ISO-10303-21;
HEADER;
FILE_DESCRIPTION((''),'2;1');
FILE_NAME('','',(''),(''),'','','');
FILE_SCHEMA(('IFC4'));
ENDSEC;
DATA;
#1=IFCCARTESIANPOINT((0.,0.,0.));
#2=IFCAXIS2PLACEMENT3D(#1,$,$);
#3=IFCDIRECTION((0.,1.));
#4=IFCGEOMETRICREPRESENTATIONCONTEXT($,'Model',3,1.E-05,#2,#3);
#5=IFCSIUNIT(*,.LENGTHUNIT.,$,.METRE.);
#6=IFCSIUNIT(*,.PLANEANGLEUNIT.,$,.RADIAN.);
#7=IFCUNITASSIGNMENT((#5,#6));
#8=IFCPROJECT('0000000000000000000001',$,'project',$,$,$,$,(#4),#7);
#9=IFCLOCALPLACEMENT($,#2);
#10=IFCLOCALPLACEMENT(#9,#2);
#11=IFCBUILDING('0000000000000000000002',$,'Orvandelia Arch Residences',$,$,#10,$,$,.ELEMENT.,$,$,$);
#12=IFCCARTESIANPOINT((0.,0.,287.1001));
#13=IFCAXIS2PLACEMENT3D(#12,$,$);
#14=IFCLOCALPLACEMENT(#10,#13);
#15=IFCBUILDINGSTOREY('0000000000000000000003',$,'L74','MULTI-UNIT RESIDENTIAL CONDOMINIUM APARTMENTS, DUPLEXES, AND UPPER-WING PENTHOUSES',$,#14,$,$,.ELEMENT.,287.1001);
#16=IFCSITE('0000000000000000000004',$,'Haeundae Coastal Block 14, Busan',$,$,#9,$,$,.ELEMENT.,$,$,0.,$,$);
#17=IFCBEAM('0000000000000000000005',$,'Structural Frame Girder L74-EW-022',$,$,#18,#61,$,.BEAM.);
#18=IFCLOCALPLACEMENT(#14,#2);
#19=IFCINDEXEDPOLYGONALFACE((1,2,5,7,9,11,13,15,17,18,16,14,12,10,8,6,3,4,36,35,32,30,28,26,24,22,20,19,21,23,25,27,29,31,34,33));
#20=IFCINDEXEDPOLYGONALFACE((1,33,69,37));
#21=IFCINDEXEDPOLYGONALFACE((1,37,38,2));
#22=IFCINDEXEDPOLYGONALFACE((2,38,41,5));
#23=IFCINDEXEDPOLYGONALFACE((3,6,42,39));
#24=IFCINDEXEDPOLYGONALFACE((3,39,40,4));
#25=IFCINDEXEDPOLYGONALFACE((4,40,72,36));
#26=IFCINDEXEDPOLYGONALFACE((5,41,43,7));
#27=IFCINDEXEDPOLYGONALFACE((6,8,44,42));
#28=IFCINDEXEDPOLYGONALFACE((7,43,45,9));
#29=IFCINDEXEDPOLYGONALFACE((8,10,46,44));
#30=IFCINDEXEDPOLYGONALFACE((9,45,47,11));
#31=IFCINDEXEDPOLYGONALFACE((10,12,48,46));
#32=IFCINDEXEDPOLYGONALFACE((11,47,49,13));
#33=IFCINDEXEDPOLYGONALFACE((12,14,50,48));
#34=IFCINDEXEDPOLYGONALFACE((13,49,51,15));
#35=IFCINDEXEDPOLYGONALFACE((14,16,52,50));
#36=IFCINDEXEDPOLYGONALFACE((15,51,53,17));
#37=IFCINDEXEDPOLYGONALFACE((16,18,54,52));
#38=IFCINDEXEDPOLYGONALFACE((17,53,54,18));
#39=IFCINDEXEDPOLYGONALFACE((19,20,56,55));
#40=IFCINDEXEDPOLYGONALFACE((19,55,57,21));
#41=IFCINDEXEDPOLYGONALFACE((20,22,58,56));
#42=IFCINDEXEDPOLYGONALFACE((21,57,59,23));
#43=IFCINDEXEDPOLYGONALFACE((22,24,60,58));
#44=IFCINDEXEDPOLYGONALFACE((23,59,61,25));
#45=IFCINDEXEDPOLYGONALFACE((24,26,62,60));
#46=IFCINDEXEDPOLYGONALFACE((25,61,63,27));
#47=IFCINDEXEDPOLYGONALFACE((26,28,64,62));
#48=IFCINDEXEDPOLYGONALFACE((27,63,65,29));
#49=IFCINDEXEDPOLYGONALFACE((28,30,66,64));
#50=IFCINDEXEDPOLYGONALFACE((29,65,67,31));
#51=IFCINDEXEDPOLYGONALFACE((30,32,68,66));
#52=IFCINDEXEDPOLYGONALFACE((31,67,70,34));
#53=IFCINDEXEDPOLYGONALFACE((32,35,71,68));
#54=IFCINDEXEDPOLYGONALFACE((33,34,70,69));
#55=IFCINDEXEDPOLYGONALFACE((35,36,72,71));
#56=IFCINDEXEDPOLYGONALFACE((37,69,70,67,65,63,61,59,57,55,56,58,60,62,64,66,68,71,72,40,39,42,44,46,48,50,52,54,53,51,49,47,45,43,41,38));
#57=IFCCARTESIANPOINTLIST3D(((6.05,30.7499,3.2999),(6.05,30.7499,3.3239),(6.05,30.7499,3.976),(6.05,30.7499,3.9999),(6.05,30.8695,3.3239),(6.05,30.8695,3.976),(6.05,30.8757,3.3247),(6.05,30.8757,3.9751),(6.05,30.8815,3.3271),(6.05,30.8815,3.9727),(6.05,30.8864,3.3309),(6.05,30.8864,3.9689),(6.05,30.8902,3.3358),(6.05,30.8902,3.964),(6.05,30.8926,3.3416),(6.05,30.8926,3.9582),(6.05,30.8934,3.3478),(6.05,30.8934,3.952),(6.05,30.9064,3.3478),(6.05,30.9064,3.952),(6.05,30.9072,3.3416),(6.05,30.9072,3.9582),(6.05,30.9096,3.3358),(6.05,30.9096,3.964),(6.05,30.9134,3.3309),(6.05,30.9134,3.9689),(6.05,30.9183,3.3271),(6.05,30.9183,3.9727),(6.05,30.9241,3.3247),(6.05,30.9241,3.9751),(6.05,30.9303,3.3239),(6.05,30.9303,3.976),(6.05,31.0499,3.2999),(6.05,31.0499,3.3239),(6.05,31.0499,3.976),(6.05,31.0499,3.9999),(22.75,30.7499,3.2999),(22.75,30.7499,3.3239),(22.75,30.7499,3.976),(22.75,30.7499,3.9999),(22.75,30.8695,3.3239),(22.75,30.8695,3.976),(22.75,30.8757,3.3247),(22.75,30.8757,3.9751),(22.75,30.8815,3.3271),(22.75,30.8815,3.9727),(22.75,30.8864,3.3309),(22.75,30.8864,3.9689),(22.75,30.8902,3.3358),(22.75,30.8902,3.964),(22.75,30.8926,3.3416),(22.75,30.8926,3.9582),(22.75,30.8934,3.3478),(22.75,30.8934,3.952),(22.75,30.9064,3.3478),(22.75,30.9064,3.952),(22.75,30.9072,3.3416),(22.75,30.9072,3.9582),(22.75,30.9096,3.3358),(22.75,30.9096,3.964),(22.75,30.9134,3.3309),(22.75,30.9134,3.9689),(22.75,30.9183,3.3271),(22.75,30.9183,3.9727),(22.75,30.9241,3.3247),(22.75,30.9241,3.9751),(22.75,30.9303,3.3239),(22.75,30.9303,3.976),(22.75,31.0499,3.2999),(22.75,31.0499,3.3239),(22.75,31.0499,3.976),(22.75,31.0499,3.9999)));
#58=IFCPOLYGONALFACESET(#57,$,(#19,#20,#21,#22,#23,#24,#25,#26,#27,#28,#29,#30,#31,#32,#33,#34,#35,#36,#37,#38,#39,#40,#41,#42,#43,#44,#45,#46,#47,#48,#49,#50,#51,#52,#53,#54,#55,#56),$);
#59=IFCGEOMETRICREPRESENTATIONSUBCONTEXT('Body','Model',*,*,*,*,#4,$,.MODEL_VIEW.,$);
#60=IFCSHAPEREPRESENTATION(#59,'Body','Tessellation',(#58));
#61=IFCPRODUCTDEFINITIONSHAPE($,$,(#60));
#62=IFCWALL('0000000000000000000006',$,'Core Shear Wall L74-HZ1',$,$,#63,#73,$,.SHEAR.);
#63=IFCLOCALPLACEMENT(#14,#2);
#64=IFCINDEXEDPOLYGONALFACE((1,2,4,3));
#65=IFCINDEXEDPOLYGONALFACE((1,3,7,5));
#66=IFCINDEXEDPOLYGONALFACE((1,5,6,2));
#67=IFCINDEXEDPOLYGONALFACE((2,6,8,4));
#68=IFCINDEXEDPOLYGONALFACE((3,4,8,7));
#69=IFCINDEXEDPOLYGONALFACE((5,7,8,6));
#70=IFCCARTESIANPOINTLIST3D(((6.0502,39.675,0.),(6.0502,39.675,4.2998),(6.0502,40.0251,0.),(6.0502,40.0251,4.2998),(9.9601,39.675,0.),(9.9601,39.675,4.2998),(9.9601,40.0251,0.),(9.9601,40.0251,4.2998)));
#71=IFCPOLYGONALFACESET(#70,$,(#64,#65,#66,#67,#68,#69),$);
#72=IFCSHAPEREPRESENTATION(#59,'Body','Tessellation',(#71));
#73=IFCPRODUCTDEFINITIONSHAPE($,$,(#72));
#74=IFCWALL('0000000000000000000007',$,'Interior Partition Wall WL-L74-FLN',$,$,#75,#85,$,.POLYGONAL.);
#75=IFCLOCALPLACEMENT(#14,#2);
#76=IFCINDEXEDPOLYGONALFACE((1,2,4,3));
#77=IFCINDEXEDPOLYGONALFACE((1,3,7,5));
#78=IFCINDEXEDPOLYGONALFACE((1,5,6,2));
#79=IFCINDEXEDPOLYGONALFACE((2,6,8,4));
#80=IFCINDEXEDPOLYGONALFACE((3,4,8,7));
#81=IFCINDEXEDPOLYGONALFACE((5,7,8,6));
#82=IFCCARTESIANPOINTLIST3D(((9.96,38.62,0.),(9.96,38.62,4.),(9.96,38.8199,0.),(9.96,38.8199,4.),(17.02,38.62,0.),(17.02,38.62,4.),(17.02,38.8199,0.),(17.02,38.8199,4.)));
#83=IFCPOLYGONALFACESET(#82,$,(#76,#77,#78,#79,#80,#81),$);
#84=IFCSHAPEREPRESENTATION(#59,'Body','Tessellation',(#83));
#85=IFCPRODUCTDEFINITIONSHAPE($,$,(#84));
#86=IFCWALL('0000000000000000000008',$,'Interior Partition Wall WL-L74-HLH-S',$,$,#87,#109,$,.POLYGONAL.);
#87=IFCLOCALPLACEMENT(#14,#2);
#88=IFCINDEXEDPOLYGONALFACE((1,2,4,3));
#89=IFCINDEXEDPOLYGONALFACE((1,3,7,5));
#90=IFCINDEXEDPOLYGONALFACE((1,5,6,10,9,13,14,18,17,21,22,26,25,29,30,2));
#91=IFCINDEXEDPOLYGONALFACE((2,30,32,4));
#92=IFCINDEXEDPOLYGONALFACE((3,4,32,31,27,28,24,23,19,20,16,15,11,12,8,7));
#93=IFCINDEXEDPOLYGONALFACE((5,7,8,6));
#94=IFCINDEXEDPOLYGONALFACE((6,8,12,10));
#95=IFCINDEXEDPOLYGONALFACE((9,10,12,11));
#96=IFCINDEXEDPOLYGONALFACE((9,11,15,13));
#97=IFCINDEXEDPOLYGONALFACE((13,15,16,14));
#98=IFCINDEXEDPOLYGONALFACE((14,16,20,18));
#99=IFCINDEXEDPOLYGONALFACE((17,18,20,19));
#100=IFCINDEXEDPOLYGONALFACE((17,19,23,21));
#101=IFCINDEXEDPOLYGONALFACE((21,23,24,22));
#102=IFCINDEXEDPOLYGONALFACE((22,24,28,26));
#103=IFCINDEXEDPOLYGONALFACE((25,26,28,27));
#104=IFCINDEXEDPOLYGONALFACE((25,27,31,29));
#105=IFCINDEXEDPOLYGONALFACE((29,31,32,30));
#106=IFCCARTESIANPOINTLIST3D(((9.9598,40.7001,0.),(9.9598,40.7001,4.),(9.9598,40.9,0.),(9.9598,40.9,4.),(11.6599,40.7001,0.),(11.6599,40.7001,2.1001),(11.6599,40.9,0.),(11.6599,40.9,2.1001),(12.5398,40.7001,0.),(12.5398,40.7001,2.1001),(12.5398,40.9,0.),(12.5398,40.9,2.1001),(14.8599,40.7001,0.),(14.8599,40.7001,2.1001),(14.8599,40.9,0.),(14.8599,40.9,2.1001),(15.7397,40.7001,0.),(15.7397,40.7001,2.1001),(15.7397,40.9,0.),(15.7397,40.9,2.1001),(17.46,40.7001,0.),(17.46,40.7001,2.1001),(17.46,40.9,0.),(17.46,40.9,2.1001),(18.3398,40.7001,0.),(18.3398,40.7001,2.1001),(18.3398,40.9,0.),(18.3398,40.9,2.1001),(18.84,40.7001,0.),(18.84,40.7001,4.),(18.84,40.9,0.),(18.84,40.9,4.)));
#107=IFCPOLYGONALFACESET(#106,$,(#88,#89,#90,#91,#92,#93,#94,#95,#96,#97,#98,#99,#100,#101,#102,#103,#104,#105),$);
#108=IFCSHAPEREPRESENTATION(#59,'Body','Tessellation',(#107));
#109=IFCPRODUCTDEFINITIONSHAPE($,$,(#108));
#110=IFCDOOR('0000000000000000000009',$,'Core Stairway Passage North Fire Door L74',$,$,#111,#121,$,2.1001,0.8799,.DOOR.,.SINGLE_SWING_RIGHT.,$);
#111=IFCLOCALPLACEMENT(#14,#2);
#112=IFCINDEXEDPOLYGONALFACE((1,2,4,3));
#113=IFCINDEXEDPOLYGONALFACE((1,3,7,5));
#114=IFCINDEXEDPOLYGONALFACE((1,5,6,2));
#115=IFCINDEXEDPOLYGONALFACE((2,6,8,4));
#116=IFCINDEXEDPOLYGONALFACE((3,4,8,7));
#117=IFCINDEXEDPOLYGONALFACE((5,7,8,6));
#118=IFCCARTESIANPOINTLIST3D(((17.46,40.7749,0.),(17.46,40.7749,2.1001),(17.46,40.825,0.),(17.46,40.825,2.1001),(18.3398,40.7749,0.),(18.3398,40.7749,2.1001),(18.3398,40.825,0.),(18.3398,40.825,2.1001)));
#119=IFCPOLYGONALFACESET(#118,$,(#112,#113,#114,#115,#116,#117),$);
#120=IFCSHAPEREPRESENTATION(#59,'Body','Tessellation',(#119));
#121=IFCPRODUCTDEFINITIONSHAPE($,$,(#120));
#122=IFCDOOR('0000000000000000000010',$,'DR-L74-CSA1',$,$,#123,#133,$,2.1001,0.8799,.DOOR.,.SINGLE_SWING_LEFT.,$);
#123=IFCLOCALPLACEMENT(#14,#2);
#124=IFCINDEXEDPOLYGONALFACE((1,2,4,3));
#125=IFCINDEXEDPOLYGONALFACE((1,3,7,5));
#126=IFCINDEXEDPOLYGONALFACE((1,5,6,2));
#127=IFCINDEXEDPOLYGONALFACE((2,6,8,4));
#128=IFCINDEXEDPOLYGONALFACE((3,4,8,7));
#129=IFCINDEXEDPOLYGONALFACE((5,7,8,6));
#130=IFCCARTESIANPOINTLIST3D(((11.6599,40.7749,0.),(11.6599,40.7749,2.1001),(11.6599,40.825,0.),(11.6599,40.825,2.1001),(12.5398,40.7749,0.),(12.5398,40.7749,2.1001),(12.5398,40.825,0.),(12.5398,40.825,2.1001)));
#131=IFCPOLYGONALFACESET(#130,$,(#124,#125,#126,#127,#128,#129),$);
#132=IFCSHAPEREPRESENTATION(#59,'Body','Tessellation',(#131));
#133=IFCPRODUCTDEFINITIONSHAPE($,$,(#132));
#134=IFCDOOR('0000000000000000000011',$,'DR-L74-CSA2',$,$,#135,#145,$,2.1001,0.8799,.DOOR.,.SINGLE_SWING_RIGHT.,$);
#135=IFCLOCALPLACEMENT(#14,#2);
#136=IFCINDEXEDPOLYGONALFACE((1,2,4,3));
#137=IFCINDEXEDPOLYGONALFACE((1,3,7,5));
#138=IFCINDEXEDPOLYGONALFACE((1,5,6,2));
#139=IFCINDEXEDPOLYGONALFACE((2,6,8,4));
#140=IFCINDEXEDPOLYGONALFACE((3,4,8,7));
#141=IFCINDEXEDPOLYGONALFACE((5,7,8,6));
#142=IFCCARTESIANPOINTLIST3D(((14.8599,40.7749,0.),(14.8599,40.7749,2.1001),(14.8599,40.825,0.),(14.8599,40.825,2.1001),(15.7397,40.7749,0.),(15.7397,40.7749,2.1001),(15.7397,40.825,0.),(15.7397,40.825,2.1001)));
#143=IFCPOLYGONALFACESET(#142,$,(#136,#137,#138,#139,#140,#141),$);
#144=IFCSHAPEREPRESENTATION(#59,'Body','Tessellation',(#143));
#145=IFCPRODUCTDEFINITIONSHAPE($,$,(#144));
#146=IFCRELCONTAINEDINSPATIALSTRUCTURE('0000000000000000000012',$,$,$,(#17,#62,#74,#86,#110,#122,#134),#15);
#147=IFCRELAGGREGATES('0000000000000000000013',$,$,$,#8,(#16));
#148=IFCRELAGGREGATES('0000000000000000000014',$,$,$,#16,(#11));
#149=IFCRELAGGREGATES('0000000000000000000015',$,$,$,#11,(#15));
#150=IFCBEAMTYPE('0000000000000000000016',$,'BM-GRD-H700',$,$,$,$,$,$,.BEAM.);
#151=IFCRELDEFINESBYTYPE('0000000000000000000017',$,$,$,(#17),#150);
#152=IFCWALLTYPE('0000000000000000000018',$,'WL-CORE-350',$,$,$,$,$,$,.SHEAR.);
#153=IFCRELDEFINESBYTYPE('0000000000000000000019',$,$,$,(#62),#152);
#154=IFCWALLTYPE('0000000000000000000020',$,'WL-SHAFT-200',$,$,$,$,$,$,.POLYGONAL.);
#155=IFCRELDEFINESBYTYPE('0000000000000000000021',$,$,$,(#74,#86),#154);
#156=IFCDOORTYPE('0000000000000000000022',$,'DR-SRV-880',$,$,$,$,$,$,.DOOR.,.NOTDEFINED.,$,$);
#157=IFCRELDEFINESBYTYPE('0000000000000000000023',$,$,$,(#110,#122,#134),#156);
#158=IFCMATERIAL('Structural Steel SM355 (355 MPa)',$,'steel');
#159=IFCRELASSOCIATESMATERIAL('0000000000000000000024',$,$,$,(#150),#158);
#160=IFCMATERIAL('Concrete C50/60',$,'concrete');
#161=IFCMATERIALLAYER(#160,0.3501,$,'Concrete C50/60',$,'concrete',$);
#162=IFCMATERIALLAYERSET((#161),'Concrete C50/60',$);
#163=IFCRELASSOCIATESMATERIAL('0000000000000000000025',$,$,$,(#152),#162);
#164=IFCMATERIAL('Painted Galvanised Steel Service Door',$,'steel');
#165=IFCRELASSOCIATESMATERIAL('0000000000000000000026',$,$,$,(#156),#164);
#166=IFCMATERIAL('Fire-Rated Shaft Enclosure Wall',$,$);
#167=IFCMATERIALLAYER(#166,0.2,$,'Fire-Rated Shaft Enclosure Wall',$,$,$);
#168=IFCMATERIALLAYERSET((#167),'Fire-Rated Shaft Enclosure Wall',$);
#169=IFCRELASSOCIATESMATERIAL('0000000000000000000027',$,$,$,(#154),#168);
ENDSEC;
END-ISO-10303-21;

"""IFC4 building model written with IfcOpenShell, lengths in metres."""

from ifc_helpers import new_model, si_unit, direction, frame, frame_2d, origin, origin_2d, place, context, subcontext, project, spatial, rectangle, i_section, extrude, material, layer, layer_set, material_profile, profile_set, type_object, element, fill, save


model = new_model("IFC4")

# Units and contexts
model_context = context("Model", 3, precision=1e-05, world=origin(), true_north=direction((0.0, 1.0)))
body_context = subcontext(model_context, "Body", "Model", "MODEL_VIEW")
ifc_project = project(units=[si_unit("LENGTHUNIT", "METRE"), si_unit("PLANEANGLEUNIT", "RADIAN")], contexts=[model_context])

# Site, building, storey
site_placement = place(None, origin())
site = spatial("IfcSite", under=ifc_project, at=site_placement, Name="Haeundae Coastal Block 14, Busan", CompositionType="ELEMENT", RefElevation=0.0)
building_placement = place(site_placement, origin())
building = spatial("IfcBuilding", under=site, at=building_placement, Name="Orvandelia Arch Residences", CompositionType="ELEMENT")
storey_placement = place(building_placement, frame((0.0, 0.0, 287.1001)))
storey = spatial("IfcBuildingStorey", under=building, at=storey_placement, Name="L74", Description="MULTI-UNIT RESIDENTIAL CONDOMINIUM APARTMENTS, DUPLEXES, AND UPPER-WING PENTHOUSES", CompositionType="ELEMENT", Elevation=287.1001)

# Shared definitions
ifc_material_1 = material(Name="Concrete C50/60", Category="concrete")

# Beam
ifc_material_2 = material(Name="Structural Steel SM355 (355 MPa)", Category="steel")
ifc_material_profile_1 = material_profile(ifc_material_2, i_section(OverallWidth=0.3, OverallDepth=0.7, WebThickness=0.0129, FlangeThickness=0.0239, FilletRadius=0.0239, at=origin_2d()), Name="Structural Steel SM355 (355 MPa)", Category="steel")
ifc_profile_set_1 = profile_set([ifc_material_profile_1], Name="Structural Steel SM355 (355 MPa)")
beam_type = type_object("IfcBeamType", Name="BM-GRD-H700", PredefinedType="BEAM", material=ifc_profile_set_1)
beam_1_placement = place(storey_placement, frame((6.05, 30.8999, 3.6499), z_axis=(1.0, 0.0, 0.0), x_axis=(0.0, 1.0, 0.0)))
element("IfcBeam", 1, at=beam_1_placement, inside=storey, type_object=beam_type, Name="Structural Frame Girder L74-EW-022", PredefinedType="BEAM", context=body_context, shape_type="SweptSolid", body=[
    extrude(i_section(OverallWidth=0.3, OverallDepth=0.7, WebThickness=0.0129, FlangeThickness=0.0239, FilletRadius=0.0239, at=origin_2d()), origin(), (0.0, 0.0, 1.0), 16.7),
])

# Wall
ifc_layer_1 = layer(ifc_material_1, 0.3501, Name="Concrete C50/60", Category="concrete")
ifc_layer_set_1 = layer_set([ifc_layer_1], Name="Concrete C50/60")
wall_type_1 = type_object("IfcWallType", Name="WL-CORE-350", PredefinedType="SHEAR", material=ifc_layer_set_1)
wall_1_placement = place(storey_placement, frame((6.05, 39.8501, 0.0), z_axis=(0.0, 0.0, 1.0), x_axis=(1.0, 0.0, 0.0)))
element("IfcWall", 2, at=wall_1_placement, inside=storey, type_object=wall_type_1, Name="Core Shear Wall L74-HZ1", PredefinedType="SHEAR", context=body_context, shape_type="SweptSolid", body=[
    extrude(rectangle(XDim=3.9099, YDim=0.3501, at=frame_2d((1.9551, 0.0))), origin(), (0.0, 0.0, 1.0), 4.2998),
])

# Shared definitions
ifc_material_3 = material(Name="Painted Galvanised Steel Service Door", Category="steel")
door_type_1 = type_object("IfcDoorType", Name="DR-SRV-880", OperationType="NOTDEFINED", PredefinedType="DOOR", material=ifc_material_3)

# Wall
ifc_material_4 = material(Name="Fire-Rated Shaft Enclosure Wall")
ifc_layer_2 = layer(ifc_material_4, 0.2, Name="Fire-Rated Shaft Enclosure Wall")
ifc_layer_set_2 = layer_set([ifc_layer_2], Name="Fire-Rated Shaft Enclosure Wall")
wall_type_2 = type_object("IfcWallType", Name="WL-SHAFT-200", PredefinedType="POLYGONAL", material=ifc_layer_set_2)
wall_2_placement = place(storey_placement, frame((9.96, 38.72, 0.0), z_axis=(0.0, 0.0, 1.0), x_axis=(1.0, 0.0, 0.0)))
element("IfcWall", 3, at=wall_2_placement, inside=storey, type_object=wall_type_2, Name="Interior Partition Wall WL-L74-FLN", PredefinedType="POLYGONAL", context=body_context, shape_type="SweptSolid", body=[
    extrude(rectangle(XDim=7.0601, YDim=0.2, at=frame_2d((3.53, 0.0))), origin(), (0.0, 0.0, 1.0), 4.0),
])

# Wall, openings, doors
wall_3_placement = place(storey_placement, frame((9.96, 40.8, 0.0), z_axis=(0.0, 0.0, 1.0), x_axis=(1.0, 0.0, 0.0)))
wall_3 = element("IfcWall", 4, at=wall_3_placement, inside=storey, type_object=wall_type_2, Name="Interior Partition Wall WL-L74-HLH-S", PredefinedType="POLYGONAL", context=body_context, shape_type="SweptSolid", body=[
    extrude(rectangle(XDim=8.8801, YDim=0.2, at=frame_2d((4.4399, 0.0))), origin(), (0.0, 0.0, 1.0), 4.0),
])
opening_1_placement = place(wall_3_placement, frame((7.5, 0.0, 0.0)))
opening_1 = element("IfcOpeningElement", 5, at=opening_1_placement, cuts=wall_3, PredefinedType="OPENING", context=body_context, shape_type="SweptSolid", body=[
    extrude(rectangle(XDim=0.8799, YDim=2.1001, at=frame_2d((0.4399, 1.05))), frame((0.0, 0.1099, 0.0), z_axis=(0.0, -1.0, 0.0), x_axis=(1.0, 0.0, 0.0)), (0.0, 0.0, 1.0), 0.22),
])
opening_2_placement = place(wall_3_placement, frame((1.7, 0.0, 0.0)))
opening_2 = element("IfcOpeningElement", 6, at=opening_2_placement, cuts=wall_3, PredefinedType="OPENING", context=body_context, shape_type="SweptSolid", body=[
    extrude(rectangle(XDim=0.8799, YDim=2.1001, at=frame_2d((0.4399, 1.05))), frame((0.0, 0.1099, 0.0), z_axis=(0.0, -1.0, 0.0), x_axis=(1.0, 0.0, 0.0)), (0.0, 0.0, 1.0), 0.22),
])
opening_3_placement = place(wall_3_placement, frame((4.8999, 0.0, 0.0)))
opening_3 = element("IfcOpeningElement", 7, at=opening_3_placement, cuts=wall_3, PredefinedType="OPENING", context=body_context, shape_type="SweptSolid", body=[
    extrude(rectangle(XDim=0.8799, YDim=2.1001, at=frame_2d((0.4399, 1.05))), frame((0.0, 0.1099, 0.0), z_axis=(0.0, -1.0, 0.0), x_axis=(1.0, 0.0, 0.0)), (0.0, 0.0, 1.0), 0.22),
])
door_1_placement = place(opening_1_placement, origin())
door_1 = element("IfcDoor", 8, at=door_1_placement, inside=storey, type_object=door_type_1, Name="Core Stairway Passage North Fire Door L74", OperationType="SINGLE_SWING_RIGHT", OverallHeight=2.1001, OverallWidth=0.8799, PredefinedType="DOOR", context=body_context, shape_type="SweptSolid", body=[
    extrude(rectangle(XDim=0.8799, YDim=2.1001, at=frame_2d((0.4399, 1.05))), frame((0.0, 0.0249, 0.0), z_axis=(0.0, -1.0, 0.0), x_axis=(1.0, 0.0, 0.0)), (0.0, 0.0, 1.0), 0.05),
])
fill(opening_1, door_1)
door_2_placement = place(opening_2_placement, origin())
door_2 = element("IfcDoor", 9, at=door_2_placement, inside=storey, type_object=door_type_1, Name="DR-L74-CSA1", OperationType="SINGLE_SWING_LEFT", OverallHeight=2.1001, OverallWidth=0.8799, PredefinedType="DOOR", context=body_context, shape_type="SweptSolid", body=[
    extrude(rectangle(XDim=0.8799, YDim=2.1001, at=frame_2d((0.4399, 1.05))), frame((0.0, 0.0249, 0.0), z_axis=(0.0, -1.0, 0.0), x_axis=(1.0, 0.0, 0.0)), (0.0, 0.0, 1.0), 0.05),
])
fill(opening_2, door_2)
door_3_placement = place(opening_3_placement, origin())
door_3 = element("IfcDoor", 10, at=door_3_placement, inside=storey, type_object=door_type_1, Name="DR-L74-CSA2", OperationType="SINGLE_SWING_RIGHT", OverallHeight=2.1001, OverallWidth=0.8799, PredefinedType="DOOR", context=body_context, shape_type="SweptSolid", body=[
    extrude(rectangle(XDim=0.8799, YDim=2.1001, at=frame_2d((0.4399, 1.05))), frame((0.0, 0.0249, 0.0), z_axis=(0.0, -1.0, 0.0), x_axis=(1.0, 0.0, 0.0)), (0.0, 0.0, 1.0), 0.05),
])
fill(opening_3, door_3)

save(model, "model.ifc")
